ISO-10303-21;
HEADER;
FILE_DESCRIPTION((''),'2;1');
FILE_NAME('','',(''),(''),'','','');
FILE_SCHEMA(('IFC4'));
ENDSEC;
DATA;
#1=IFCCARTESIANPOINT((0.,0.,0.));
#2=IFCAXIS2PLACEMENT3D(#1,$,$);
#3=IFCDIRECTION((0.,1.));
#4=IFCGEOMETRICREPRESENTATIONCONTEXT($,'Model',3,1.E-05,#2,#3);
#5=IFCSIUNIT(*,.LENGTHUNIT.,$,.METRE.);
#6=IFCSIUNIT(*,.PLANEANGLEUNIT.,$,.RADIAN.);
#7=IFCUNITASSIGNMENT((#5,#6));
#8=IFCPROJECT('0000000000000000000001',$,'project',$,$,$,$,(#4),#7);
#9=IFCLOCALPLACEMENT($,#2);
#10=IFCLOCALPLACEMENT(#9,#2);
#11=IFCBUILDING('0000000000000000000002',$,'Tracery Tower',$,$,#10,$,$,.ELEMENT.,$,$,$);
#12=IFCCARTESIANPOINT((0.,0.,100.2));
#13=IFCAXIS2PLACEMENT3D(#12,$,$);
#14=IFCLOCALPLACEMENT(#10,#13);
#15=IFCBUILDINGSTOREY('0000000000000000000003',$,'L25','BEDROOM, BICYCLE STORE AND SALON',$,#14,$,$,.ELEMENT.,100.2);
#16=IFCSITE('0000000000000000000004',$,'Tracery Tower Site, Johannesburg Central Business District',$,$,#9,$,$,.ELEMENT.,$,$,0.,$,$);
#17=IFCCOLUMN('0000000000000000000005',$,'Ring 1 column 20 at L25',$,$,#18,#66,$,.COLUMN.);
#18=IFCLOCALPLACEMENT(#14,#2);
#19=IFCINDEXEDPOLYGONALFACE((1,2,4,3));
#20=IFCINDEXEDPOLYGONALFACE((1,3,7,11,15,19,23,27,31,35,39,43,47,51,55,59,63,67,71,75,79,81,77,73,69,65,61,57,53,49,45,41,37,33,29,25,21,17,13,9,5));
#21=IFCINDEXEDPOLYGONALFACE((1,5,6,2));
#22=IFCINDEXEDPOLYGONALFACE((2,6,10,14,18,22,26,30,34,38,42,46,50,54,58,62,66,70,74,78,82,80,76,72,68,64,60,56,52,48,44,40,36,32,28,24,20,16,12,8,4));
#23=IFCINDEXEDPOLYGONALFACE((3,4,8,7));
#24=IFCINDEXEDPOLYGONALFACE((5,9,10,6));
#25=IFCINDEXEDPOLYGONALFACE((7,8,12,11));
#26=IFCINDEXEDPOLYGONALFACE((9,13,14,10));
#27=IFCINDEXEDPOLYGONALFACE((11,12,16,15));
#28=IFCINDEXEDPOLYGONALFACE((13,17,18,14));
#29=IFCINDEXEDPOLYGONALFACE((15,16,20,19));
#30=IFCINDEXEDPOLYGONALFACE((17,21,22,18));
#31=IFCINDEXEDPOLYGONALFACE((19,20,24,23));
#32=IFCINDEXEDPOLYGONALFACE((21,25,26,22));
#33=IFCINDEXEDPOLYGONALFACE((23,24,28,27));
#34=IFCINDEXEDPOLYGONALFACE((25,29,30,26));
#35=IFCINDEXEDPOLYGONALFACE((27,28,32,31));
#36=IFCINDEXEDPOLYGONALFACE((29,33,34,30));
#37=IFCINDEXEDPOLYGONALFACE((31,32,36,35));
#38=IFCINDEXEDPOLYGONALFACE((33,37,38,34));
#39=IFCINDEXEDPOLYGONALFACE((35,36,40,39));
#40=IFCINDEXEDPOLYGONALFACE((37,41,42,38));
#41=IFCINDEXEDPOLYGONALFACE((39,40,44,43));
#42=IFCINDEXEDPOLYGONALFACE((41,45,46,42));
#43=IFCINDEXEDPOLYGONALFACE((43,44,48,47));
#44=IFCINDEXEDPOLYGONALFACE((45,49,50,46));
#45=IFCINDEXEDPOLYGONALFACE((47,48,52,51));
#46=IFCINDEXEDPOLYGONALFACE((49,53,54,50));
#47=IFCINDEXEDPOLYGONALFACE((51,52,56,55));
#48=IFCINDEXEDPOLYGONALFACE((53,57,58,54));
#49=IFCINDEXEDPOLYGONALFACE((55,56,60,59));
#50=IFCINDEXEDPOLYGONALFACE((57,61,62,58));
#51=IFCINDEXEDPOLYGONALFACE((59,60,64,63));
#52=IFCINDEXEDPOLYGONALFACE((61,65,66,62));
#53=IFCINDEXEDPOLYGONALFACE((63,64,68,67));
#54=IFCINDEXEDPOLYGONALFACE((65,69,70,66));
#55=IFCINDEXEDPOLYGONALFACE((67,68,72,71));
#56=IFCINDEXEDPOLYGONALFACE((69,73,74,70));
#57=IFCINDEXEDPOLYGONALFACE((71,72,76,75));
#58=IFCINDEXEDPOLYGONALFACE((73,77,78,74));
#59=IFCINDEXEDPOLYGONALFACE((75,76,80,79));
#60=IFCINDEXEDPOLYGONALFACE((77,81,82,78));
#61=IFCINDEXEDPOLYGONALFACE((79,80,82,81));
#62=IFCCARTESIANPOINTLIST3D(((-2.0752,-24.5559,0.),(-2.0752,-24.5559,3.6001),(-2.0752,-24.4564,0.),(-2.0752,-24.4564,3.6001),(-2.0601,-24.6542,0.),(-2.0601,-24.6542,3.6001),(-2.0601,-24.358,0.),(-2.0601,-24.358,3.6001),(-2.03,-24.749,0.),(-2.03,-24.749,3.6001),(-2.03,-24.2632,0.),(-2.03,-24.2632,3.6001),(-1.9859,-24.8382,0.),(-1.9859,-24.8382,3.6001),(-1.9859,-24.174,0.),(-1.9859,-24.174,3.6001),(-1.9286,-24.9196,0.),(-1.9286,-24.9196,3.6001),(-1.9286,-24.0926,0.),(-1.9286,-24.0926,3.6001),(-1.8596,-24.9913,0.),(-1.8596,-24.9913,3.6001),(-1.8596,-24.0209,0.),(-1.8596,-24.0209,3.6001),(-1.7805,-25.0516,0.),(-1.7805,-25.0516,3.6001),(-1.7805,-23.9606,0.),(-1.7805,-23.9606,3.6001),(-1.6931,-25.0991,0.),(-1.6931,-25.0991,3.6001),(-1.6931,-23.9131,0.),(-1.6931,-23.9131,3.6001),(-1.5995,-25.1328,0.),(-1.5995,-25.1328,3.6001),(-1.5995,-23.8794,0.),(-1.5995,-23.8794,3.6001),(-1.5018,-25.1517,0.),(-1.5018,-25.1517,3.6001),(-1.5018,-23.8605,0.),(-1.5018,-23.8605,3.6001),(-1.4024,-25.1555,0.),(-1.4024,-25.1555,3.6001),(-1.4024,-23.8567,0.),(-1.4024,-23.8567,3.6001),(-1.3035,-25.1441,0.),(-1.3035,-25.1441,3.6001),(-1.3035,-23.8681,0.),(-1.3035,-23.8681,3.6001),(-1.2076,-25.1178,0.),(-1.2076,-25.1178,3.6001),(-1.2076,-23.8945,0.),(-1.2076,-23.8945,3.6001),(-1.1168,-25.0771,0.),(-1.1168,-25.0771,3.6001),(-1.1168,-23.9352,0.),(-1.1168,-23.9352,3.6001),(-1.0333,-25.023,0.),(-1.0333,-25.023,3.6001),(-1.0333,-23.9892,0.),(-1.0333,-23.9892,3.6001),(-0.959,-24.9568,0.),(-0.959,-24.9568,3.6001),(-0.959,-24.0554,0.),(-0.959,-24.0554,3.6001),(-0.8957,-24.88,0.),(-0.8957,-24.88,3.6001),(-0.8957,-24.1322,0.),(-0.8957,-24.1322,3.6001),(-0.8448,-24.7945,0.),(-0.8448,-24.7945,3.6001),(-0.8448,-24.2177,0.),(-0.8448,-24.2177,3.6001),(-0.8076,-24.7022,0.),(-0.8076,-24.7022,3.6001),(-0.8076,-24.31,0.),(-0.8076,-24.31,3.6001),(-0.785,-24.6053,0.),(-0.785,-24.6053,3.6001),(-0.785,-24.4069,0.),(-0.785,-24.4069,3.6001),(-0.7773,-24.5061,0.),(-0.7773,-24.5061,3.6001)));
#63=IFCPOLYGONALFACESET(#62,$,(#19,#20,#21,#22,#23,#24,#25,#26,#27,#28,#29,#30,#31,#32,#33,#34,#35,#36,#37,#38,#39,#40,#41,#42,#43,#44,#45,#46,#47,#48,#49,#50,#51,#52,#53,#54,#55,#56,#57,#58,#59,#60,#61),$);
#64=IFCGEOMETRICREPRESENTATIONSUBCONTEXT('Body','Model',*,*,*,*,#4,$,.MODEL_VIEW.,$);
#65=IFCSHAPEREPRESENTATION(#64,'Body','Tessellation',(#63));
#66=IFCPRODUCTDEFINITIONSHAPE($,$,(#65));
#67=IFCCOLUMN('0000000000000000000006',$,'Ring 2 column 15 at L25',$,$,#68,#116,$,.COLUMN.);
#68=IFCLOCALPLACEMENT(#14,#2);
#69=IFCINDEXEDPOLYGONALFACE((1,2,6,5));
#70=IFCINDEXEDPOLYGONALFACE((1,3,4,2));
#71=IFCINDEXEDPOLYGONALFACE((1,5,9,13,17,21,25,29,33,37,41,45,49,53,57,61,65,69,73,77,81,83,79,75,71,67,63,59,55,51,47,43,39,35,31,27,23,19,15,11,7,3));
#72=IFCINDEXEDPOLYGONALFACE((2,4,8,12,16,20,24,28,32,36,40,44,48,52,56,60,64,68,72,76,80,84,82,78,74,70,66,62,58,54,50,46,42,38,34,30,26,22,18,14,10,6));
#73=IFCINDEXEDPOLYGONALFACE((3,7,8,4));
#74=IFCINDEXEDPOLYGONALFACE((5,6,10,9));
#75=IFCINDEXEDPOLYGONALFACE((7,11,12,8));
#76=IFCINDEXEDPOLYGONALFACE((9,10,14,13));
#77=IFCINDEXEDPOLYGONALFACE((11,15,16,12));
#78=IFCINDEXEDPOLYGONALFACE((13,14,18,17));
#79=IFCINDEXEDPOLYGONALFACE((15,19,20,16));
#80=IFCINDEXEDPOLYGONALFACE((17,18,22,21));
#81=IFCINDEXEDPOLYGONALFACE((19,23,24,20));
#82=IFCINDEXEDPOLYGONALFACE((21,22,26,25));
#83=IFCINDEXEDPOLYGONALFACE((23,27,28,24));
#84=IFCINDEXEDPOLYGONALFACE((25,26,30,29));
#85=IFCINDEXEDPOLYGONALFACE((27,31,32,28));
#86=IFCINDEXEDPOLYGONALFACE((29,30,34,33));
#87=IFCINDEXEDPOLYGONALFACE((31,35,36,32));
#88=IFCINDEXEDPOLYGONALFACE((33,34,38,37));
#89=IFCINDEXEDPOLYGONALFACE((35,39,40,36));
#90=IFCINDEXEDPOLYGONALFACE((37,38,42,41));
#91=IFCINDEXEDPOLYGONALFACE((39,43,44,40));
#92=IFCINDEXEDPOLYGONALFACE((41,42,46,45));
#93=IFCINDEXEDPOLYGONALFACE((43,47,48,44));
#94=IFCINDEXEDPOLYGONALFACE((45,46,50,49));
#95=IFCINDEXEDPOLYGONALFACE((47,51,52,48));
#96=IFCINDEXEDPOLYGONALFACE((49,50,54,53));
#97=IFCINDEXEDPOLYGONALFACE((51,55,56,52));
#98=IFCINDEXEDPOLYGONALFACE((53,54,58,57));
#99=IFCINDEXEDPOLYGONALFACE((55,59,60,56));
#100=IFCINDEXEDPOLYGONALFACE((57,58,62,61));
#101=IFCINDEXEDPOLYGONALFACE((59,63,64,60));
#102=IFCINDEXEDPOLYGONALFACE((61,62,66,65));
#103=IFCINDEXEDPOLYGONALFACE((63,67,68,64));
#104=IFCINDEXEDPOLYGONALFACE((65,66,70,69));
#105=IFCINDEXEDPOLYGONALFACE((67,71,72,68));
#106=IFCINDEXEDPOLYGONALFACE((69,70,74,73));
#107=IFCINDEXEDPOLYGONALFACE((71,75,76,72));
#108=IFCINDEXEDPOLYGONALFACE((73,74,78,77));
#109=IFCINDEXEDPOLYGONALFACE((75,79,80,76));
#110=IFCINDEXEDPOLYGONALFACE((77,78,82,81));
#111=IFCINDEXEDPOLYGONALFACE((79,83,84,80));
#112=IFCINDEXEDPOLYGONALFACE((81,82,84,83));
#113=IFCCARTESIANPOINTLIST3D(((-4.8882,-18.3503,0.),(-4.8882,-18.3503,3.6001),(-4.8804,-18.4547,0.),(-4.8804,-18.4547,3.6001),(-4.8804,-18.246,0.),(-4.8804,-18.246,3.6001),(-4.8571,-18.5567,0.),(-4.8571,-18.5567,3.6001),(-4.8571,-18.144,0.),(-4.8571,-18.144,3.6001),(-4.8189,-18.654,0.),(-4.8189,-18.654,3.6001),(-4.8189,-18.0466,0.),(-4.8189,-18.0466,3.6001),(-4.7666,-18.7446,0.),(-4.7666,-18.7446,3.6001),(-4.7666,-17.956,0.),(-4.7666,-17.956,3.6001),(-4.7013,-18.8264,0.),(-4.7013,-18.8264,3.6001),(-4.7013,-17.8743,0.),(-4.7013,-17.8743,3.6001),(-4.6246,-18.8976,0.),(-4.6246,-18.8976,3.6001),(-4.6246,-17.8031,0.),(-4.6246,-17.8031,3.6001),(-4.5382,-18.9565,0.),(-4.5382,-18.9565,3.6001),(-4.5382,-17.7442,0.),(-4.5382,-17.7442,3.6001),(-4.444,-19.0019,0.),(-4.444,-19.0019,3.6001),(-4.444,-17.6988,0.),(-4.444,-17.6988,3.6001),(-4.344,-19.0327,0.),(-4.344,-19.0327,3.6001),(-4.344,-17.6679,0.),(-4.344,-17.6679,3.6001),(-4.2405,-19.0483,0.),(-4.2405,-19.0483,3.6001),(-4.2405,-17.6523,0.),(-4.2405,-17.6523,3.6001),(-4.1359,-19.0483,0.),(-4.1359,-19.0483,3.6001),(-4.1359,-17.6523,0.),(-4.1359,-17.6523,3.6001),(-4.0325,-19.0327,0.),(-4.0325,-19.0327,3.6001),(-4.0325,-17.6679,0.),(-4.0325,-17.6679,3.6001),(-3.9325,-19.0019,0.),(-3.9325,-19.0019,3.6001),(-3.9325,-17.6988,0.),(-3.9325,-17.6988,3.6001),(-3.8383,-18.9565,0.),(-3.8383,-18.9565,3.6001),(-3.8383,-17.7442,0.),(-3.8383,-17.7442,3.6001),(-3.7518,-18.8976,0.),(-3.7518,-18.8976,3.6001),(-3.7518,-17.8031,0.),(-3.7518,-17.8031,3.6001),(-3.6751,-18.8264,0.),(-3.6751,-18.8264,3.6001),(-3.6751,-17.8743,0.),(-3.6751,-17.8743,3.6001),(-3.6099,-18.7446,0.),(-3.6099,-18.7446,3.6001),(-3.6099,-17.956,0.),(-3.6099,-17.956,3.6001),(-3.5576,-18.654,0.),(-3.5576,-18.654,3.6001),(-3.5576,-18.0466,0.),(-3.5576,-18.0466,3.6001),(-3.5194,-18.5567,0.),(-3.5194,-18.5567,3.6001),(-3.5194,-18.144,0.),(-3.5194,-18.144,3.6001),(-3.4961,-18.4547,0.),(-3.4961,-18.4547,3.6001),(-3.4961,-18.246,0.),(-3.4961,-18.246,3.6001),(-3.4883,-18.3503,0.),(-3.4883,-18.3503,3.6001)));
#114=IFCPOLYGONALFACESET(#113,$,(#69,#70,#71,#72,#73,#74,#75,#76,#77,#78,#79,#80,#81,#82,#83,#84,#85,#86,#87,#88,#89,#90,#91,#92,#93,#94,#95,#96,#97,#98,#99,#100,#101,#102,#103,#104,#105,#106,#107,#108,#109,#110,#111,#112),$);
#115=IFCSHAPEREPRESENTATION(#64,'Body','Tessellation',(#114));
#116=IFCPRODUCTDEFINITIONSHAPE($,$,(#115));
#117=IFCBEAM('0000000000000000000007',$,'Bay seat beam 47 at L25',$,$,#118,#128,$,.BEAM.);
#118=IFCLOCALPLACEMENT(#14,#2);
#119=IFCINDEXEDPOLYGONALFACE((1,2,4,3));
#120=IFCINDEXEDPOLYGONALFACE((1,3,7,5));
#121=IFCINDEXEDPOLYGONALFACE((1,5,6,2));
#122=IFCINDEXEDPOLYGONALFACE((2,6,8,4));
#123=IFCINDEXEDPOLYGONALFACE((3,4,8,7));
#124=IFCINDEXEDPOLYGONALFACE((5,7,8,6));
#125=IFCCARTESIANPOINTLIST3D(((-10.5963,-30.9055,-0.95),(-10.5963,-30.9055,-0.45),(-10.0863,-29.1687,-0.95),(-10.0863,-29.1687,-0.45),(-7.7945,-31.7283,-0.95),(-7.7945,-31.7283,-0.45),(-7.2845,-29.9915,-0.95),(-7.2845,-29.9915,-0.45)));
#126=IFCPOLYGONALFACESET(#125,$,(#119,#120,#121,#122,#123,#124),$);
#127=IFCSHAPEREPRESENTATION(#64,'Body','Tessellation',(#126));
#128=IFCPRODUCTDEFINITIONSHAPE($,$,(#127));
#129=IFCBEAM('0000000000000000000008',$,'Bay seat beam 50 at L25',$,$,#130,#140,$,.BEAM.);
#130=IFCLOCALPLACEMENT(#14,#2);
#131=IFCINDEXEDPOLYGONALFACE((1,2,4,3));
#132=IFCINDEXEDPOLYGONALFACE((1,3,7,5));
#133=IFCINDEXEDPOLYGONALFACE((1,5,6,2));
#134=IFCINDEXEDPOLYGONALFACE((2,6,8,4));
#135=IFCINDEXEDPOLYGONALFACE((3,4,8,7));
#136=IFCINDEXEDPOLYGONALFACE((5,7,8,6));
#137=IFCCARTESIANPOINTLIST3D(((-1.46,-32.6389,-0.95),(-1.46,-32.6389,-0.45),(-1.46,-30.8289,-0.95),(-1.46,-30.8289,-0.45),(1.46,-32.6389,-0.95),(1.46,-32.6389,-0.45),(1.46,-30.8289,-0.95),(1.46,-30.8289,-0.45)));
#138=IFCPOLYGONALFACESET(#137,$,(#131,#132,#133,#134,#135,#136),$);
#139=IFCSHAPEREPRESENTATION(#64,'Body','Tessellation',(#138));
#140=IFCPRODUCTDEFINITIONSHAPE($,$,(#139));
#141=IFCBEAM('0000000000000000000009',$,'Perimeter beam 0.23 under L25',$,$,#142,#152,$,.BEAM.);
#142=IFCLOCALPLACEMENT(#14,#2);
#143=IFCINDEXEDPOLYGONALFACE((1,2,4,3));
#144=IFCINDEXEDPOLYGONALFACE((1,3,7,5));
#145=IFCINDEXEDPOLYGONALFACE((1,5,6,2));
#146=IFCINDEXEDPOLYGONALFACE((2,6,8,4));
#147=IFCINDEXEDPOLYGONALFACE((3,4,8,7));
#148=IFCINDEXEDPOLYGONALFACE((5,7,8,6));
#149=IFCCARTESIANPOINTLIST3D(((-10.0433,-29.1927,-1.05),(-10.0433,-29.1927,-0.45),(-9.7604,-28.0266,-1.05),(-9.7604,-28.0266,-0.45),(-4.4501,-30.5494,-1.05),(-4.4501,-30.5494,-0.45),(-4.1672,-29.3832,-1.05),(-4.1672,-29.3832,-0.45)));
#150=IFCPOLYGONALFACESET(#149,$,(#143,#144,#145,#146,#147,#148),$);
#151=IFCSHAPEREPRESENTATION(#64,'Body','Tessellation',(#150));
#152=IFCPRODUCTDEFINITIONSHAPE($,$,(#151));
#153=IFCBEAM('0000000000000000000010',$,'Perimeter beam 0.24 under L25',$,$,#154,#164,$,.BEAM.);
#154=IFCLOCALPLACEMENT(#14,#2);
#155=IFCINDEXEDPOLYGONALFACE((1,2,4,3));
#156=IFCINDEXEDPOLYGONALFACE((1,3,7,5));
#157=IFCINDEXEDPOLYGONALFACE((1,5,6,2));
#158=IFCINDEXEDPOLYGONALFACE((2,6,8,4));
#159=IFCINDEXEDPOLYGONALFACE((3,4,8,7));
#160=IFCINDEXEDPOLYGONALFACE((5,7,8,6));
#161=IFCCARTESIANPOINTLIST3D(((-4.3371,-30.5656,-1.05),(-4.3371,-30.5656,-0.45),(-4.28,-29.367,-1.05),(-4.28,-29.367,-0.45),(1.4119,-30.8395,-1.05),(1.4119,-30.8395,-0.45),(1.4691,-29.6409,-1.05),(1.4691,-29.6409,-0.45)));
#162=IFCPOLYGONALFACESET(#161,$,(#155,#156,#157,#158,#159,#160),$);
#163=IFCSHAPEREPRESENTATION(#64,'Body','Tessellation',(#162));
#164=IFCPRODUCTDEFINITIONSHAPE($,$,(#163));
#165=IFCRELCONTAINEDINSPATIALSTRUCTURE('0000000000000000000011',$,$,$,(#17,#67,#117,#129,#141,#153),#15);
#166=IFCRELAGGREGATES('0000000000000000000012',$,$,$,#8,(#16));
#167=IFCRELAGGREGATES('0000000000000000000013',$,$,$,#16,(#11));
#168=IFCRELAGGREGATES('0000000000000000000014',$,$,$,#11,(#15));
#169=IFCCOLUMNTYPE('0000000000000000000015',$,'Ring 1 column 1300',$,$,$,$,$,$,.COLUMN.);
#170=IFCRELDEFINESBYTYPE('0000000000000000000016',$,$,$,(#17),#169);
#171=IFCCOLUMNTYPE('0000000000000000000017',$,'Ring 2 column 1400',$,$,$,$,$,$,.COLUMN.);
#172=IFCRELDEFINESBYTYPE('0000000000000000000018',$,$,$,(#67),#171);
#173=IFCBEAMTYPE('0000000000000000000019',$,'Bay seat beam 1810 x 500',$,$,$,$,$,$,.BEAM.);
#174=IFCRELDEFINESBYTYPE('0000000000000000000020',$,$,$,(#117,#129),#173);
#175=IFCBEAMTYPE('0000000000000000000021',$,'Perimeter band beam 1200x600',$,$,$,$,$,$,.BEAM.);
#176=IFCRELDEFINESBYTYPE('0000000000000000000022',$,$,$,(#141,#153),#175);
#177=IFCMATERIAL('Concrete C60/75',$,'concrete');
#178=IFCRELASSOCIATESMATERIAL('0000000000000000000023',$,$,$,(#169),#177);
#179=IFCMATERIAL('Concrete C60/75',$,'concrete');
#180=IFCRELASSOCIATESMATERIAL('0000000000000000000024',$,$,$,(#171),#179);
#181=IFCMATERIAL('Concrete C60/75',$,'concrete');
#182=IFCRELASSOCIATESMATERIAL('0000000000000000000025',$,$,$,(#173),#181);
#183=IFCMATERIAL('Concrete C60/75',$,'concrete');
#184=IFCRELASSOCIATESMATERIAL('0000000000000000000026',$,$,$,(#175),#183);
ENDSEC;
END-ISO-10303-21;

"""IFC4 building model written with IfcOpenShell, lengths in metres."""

from ifc_helpers import new_model, si_unit, direction, frame, origin, origin_2d, place, context, subcontext, project, spatial, rectangle, circle, extrude, material, material_profile, profile_set, type_object, element, save


model = new_model("IFC4")

# Units and contexts
model_context = context("Model", 3, precision=1e-05, world=origin(), true_north=direction((0.0, 1.0)))
body_context = subcontext(model_context, "Body", "Model", "MODEL_VIEW")
ifc_project = project(units=[si_unit("LENGTHUNIT", "METRE"), si_unit("PLANEANGLEUNIT", "RADIAN")], contexts=[model_context])

# Site, building, storey
site_placement = place(None, origin())
site = spatial("IfcSite", under=ifc_project, at=site_placement, Name="Tracery Tower Site, Johannesburg Central Business District", CompositionType="ELEMENT", RefElevation=0.0)
building_placement = place(site_placement, origin())
building = spatial("IfcBuilding", under=site, at=building_placement, Name="Tracery Tower", CompositionType="ELEMENT")
storey_placement = place(building_placement, frame((0.0, 0.0, 100.2)))
storey = spatial("IfcBuildingStorey", under=building, at=storey_placement, Name="L25", Description="BEDROOM, BICYCLE STORE AND SALON", CompositionType="ELEMENT", Elevation=100.2)

# Columns
ifc_material_1 = material(Name="Concrete C60/75", Category="concrete")
ifc_material_profile_1 = material_profile(ifc_material_1, circle(Radius=0.6499, at=origin_2d()), Name="RC D1300")
ifc_profile_set_1 = profile_set([ifc_material_profile_1], Name="Concrete C60/75")
column_type_1 = type_object("IfcColumnType", Name="Ring 1 column 1300", PredefinedType="COLUMN", material=ifc_profile_set_1)
for number, where, z_axis, x_axis, name in (
    (1, (-1.4272, -24.5061, 0.0), (0.0, 0.0, 1.0), (1.0, 0.0, 0.0), "Ring 1 column 20 at L25"),
):
    element("IfcColumn", number, at=place(storey_placement, frame(where, z_axis=z_axis, x_axis=x_axis)), inside=storey, type_object=column_type_1, Name=name, PredefinedType="COLUMN", context=body_context, shape_type="SweptSolid", body=[
        extrude(circle(Radius=0.6499, at=origin_2d()), origin(), (0.0, 0.0, 1.0), 3.6001),
    ])
ifc_material_2 = material(Name="Concrete C60/75", Category="concrete")
ifc_material_profile_2 = material_profile(ifc_material_2, circle(Radius=0.7, at=origin_2d()), Name="RC D1400")
ifc_profile_set_2 = profile_set([ifc_material_profile_2], Name="Concrete C60/75")
column_type_2 = type_object("IfcColumnType", Name="Ring 2 column 1400", PredefinedType="COLUMN", material=ifc_profile_set_2)
column_placement = place(storey_placement, frame((-4.1882, -18.3503, 0.0), z_axis=(0.0, 0.0, 1.0), x_axis=(1.0, 0.0, 0.0)))
element("IfcColumn", 2, at=column_placement, inside=storey, type_object=column_type_2, Name="Ring 2 column 15 at L25", PredefinedType="COLUMN", context=body_context, shape_type="SweptSolid", body=[
    extrude(circle(Radius=0.7, at=origin_2d()), origin(), (0.0, 0.0, 1.0), 3.6001),
])

# Beams
ifc_material_3 = material(Name="Concrete C60/75", Category="concrete")
ifc_material_profile_3 = material_profile(ifc_material_3, rectangle(XDim=1.8101, YDim=0.5, at=origin_2d()), Name="RC 1810x500")
ifc_profile_set_3 = profile_set([ifc_material_profile_3], Name="Concrete C60/75")
beam_type_1 = type_object("IfcBeamType", Name="Bay seat beam 1810 x 500", PredefinedType="BEAM", material=ifc_profile_set_3)
beam_1_placement = place(storey_placement, frame((-10.3413, -30.0371, -0.7), z_axis=(0.959485, -0.281759, 0.0), x_axis=(0.281759, 0.959485, 0.0)))
element("IfcBeam", 3, at=beam_1_placement, inside=storey, type_object=beam_type_1, Name="Bay seat beam 47 at L25", PredefinedType="BEAM", context=body_context, shape_type="SweptSolid", body=[
    extrude(rectangle(XDim=1.8101, YDim=0.5, at=origin_2d()), origin(), (0.0, 0.0, 1.0), 2.9202),
])
beam_2_placement = place(storey_placement, frame((-1.46, -31.7339, -0.7), z_axis=(1.0, 0.0, 0.0), x_axis=(0.0, 1.0, 0.0)))
element("IfcBeam", 4, at=beam_2_placement, inside=storey, type_object=beam_type_1, Name="Bay seat beam 50 at L25", PredefinedType="BEAM", context=body_context, shape_type="SweptSolid", body=[
    extrude(rectangle(XDim=1.8101, YDim=0.5, at=origin_2d()), origin(), (0.0, 0.0, 1.0), 2.9199),
])
ifc_material_4 = material(Name="Concrete C60/75", Category="concrete")
ifc_material_profile_4 = material_profile(ifc_material_4, rectangle(XDim=1.2, YDim=0.6001, at=origin_2d()), Name="RC 1200x600")
ifc_profile_set_4 = profile_set([ifc_material_profile_4], Name="Concrete C60/75")
beam_type_2 = type_object("IfcBeamType", Name="Perimeter band beam 1200x600", PredefinedType="BEAM", material=ifc_profile_set_4)
beam_3_placement = place(storey_placement, frame((-9.9019, -28.6096, -0.75), z_axis=(0.97182, -0.235723, 0.0), x_axis=(0.235723, 0.97182, 0.0)))
element("IfcBeam", 5, at=beam_3_placement, inside=storey, type_object=beam_type_2, Name="Perimeter beam 0.23 under L25", PredefinedType="BEAM", context=body_context, shape_type="SweptSolid", body=[
    extrude(rectangle(XDim=1.2, YDim=0.6001, at=origin_2d()), origin(), (0.0, 0.0, 1.0), 5.7554),
])
beam_4_placement = place(storey_placement, frame((-4.3086, -29.9663, -0.75), z_axis=(0.998867, -0.047593, 0.0), x_axis=(0.047593, 0.998867, 0.0)))
element("IfcBeam", 6, at=beam_4_placement, inside=storey, type_object=beam_type_2, Name="Perimeter beam 0.24 under L25", PredefinedType="BEAM", context=body_context, shape_type="SweptSolid", body=[
    extrude(rectangle(XDim=1.2, YDim=0.6001, at=origin_2d()), origin(), (0.0, 0.0, 1.0), 5.7556),
])

save(model, "model.ifc")
